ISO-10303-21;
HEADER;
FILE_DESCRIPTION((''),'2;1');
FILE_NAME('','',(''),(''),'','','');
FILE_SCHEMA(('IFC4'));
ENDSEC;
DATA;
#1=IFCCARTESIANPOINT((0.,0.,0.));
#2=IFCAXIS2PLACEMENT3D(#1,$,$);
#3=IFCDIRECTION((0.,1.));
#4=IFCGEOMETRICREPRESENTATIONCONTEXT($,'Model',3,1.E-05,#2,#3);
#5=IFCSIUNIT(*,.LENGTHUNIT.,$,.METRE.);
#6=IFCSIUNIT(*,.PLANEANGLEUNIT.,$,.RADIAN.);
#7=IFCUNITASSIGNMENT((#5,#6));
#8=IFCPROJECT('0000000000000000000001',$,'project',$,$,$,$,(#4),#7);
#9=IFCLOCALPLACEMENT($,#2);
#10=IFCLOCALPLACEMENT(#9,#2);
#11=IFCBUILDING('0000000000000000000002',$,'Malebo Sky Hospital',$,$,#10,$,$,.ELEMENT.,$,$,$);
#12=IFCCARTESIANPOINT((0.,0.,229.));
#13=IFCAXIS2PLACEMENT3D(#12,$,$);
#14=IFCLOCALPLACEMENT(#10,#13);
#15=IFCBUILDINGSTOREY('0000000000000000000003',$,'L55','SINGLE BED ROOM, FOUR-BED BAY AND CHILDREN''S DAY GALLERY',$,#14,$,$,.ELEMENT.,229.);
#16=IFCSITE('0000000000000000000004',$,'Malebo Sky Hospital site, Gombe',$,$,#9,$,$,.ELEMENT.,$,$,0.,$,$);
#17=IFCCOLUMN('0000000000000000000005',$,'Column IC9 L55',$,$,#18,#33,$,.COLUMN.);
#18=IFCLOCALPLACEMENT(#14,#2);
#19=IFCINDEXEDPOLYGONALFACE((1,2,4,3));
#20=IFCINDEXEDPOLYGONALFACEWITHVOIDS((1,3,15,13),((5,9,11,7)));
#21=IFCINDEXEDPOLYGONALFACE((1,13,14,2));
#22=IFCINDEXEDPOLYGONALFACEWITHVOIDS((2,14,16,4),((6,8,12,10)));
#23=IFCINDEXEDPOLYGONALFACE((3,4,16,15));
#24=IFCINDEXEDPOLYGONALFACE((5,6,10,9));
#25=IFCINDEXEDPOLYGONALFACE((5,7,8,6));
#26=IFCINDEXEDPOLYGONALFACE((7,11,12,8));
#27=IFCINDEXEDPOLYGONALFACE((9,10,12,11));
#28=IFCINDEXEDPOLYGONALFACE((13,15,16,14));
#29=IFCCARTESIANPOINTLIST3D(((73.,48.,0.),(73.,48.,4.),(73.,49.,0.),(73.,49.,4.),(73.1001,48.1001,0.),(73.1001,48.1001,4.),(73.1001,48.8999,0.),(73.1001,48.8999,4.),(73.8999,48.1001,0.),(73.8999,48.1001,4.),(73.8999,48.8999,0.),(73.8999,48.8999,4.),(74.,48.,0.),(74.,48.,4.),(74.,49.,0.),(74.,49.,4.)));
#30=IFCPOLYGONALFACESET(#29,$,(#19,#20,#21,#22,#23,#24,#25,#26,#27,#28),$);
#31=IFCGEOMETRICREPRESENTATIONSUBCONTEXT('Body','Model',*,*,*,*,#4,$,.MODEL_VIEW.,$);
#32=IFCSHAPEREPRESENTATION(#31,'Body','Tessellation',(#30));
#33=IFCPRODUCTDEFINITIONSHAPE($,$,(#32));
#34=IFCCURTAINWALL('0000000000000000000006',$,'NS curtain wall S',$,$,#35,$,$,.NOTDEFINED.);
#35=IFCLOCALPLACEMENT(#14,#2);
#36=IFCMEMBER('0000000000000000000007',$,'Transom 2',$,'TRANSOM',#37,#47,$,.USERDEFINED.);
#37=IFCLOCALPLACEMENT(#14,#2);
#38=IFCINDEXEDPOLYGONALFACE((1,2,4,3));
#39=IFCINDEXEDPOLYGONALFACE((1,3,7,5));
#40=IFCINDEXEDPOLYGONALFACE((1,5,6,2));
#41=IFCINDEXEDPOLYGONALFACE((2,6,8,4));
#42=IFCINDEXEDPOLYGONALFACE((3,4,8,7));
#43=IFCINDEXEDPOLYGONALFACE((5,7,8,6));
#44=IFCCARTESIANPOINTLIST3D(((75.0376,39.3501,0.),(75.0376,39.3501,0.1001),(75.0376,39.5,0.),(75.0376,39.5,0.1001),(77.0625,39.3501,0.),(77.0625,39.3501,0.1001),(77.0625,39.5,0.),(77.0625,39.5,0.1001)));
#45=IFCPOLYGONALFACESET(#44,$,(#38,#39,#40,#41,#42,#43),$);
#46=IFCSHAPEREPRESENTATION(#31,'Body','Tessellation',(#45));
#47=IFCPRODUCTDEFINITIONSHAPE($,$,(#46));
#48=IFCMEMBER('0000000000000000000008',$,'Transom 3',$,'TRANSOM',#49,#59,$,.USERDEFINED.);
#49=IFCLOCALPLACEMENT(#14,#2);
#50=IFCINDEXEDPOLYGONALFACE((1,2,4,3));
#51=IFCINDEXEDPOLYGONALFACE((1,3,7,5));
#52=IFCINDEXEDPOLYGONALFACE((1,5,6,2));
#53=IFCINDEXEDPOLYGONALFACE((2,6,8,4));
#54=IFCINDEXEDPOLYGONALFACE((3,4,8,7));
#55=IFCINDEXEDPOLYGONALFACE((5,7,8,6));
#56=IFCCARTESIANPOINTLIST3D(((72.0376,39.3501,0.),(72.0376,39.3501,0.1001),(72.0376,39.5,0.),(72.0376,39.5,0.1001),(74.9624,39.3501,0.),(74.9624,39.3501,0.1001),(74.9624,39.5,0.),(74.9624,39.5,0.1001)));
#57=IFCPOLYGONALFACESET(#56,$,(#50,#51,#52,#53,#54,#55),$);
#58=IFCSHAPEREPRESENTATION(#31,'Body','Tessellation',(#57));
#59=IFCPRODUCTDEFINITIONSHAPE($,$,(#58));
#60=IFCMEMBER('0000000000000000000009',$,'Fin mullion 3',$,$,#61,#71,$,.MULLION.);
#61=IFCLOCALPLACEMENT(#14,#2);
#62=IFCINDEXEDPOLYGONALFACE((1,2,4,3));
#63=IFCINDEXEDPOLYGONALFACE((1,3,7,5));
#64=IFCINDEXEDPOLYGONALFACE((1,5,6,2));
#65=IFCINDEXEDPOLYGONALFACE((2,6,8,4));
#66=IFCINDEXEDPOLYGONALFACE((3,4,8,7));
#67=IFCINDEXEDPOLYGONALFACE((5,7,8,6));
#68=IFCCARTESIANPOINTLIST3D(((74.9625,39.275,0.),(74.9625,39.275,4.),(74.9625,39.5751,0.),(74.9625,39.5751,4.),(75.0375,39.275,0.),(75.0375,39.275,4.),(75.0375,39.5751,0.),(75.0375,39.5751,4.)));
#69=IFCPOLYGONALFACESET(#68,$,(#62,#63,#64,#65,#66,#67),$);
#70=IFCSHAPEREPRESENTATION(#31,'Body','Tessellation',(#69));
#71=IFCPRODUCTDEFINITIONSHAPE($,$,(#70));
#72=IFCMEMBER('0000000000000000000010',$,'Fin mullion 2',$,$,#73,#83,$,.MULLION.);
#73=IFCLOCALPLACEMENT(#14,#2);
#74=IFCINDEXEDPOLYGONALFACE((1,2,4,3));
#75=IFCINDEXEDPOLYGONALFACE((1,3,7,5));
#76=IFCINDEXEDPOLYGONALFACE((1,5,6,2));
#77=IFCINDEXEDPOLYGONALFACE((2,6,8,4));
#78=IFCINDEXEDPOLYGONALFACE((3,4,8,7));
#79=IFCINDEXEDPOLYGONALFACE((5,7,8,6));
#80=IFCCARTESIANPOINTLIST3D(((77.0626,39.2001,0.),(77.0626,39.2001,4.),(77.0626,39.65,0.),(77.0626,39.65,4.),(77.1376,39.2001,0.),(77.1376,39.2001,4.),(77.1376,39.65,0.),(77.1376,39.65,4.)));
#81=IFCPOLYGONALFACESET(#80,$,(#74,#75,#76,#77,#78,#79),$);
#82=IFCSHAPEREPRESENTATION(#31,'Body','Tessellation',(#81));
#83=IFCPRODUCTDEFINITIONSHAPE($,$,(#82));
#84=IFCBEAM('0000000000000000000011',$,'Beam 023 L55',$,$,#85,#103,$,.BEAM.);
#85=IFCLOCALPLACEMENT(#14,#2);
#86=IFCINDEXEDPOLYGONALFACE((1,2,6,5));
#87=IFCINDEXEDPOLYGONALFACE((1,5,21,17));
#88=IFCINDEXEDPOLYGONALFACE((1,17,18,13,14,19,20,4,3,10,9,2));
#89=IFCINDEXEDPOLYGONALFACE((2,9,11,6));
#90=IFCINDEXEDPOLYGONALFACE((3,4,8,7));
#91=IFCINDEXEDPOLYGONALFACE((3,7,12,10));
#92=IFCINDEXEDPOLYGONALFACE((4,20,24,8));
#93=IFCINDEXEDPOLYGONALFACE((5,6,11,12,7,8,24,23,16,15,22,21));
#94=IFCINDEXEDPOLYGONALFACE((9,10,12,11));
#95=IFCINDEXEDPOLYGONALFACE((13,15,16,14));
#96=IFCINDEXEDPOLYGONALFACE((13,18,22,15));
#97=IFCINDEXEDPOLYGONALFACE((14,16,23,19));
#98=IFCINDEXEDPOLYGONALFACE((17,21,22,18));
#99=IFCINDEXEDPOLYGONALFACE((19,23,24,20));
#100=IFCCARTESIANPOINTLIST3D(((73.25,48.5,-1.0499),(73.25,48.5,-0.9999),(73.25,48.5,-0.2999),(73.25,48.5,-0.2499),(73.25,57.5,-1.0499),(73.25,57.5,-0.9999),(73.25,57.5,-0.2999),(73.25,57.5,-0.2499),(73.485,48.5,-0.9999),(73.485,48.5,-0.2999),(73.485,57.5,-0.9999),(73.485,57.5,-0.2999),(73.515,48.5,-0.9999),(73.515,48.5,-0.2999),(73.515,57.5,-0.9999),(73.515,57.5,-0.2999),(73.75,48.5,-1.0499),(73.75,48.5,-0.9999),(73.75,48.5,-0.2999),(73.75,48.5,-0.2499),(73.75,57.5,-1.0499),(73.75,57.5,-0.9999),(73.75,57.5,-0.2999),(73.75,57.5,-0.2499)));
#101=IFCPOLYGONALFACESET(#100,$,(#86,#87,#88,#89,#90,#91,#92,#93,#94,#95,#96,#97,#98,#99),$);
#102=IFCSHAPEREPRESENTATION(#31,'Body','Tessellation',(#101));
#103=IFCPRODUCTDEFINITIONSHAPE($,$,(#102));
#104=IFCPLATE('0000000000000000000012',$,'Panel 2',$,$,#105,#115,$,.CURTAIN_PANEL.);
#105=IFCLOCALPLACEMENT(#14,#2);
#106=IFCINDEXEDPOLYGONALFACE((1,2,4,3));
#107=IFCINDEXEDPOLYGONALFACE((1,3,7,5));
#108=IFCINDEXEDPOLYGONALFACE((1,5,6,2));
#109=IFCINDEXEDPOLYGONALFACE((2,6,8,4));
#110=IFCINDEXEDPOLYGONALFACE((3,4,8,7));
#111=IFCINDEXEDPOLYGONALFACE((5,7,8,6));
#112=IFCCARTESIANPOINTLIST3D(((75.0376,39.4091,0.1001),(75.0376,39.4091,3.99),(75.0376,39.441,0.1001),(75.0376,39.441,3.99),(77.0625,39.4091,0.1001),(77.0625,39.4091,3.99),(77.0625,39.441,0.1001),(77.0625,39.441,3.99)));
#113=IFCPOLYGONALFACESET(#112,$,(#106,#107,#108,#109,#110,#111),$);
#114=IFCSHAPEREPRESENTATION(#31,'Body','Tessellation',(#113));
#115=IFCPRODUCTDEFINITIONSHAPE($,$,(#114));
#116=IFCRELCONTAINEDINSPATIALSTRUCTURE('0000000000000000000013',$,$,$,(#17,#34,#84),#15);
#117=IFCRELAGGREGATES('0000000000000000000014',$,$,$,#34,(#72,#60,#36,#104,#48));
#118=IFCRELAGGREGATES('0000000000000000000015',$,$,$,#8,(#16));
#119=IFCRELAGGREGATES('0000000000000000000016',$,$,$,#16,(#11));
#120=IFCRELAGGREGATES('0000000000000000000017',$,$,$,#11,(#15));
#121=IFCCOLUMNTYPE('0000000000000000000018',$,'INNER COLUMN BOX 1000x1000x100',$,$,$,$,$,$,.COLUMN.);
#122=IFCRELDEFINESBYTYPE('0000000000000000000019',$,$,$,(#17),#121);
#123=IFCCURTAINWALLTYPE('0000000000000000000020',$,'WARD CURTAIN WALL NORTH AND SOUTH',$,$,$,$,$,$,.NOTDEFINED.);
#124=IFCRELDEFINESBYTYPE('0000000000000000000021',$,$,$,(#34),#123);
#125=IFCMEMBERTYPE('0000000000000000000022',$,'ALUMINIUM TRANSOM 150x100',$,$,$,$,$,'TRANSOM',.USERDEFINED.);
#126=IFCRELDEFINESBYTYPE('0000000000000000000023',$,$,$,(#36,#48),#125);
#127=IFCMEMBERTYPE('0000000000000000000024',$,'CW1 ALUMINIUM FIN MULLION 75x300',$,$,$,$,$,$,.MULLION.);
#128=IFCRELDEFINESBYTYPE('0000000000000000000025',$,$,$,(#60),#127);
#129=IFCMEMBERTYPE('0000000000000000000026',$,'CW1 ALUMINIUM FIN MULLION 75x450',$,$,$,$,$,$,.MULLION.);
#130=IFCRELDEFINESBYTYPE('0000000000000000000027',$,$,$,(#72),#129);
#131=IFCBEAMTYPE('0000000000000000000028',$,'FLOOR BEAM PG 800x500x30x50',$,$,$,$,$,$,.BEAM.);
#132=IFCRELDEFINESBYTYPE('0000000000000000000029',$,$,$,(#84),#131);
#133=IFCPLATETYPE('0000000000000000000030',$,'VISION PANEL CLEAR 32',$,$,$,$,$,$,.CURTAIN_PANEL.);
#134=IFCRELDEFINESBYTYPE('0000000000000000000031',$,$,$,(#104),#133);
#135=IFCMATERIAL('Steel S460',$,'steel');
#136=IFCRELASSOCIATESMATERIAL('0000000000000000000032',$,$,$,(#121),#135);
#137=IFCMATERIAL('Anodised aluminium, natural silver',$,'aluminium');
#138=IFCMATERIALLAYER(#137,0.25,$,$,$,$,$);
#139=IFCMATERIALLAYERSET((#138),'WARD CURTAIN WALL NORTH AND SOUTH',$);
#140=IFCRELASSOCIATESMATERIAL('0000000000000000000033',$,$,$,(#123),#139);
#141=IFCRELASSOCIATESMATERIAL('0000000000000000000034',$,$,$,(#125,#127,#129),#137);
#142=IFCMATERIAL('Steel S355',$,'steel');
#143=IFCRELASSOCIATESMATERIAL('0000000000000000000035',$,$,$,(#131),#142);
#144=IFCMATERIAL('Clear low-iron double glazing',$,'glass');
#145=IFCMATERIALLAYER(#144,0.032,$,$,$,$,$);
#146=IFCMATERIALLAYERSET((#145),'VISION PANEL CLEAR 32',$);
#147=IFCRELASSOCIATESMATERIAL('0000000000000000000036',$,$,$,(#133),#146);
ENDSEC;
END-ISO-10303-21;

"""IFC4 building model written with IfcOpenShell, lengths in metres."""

from ifc_helpers import new_model, si_unit, direction, frame, origin, origin_2d, place, context, subcontext, project, spatial, rectangle, hollow_rectangle, i_section, extrude, material, layer, layer_set, material_profile, profile_set, type_object, element, aggregate, save


model = new_model("IFC4")

# Units and contexts
model_context = context("Model", 3, precision=1e-05, world=origin(), true_north=direction((0.0, 1.0)))
body_context = subcontext(model_context, "Body", "Model", "MODEL_VIEW")
ifc_project = project(units=[si_unit("LENGTHUNIT", "METRE"), si_unit("PLANEANGLEUNIT", "RADIAN")], contexts=[model_context])

# Site, building, storey
site_placement = place(None, origin())
site = spatial("IfcSite", under=ifc_project, at=site_placement, Name="Malebo Sky Hospital site, Gombe", CompositionType="ELEMENT", RefElevation=0.0)
building_placement = place(site_placement, origin())
building = spatial("IfcBuilding", under=site, at=building_placement, Name="Malebo Sky Hospital", CompositionType="ELEMENT")
storey_placement = place(building_placement, frame((0.0, 0.0, 229.0)))
storey = spatial("IfcBuildingStorey", under=building, at=storey_placement, Name="L55", Description="SINGLE BED ROOM, FOUR-BED BAY AND CHILDREN'S DAY GALLERY", CompositionType="ELEMENT", Elevation=229.0)

# Column
ifc_material_1 = material(Name="Steel S460", Category="steel")
ifc_material_profile_1 = material_profile(ifc_material_1, hollow_rectangle(XDim=1.0, YDim=1.0, WallThickness=0.1001, at=origin_2d()), Name="BOX 1000x1000x100")
ifc_profile_set_1 = profile_set([ifc_material_profile_1], Name="Steel S460")
column_type = type_object("IfcColumnType", Name="INNER COLUMN BOX 1000x1000x100", PredefinedType="COLUMN", material=ifc_profile_set_1)
column_placement = place(storey_placement, frame((73.5, 48.5, 0.0), z_axis=(0.0, 0.0, 1.0), x_axis=(1.0, 0.0, 0.0)))
element("IfcColumn", 1, at=column_placement, inside=storey, type_object=column_type, Name="Column IC9 L55", PredefinedType="COLUMN", context=body_context, shape_type="SweptSolid", body=[
    extrude(hollow_rectangle(XDim=1.0, YDim=1.0, WallThickness=0.1001, at=origin_2d()), origin(), (0.0, 0.0, 1.0), 4.0),
])

# Curtain wall, members
ifc_material_2 = material(Name="Anodised aluminium, natural silver", Category="aluminium")
ifc_layer_1 = layer(ifc_material_2, 0.25)
ifc_layer_set_1 = layer_set([ifc_layer_1], Name="WARD CURTAIN WALL NORTH AND SOUTH")
curtain_wall_type = type_object("IfcCurtainWallType", Name="WARD CURTAIN WALL NORTH AND SOUTH", PredefinedType="NOTDEFINED", material=ifc_layer_set_1)
curtain_wall_placement = place(storey_placement, origin())
curtain_wall = element("IfcCurtainWall", 2, at=curtain_wall_placement, inside=storey, type_object=curtain_wall_type, Name="NS curtain wall S", PredefinedType="NOTDEFINED")
ifc_material_profile_2 = material_profile(ifc_material_2, rectangle(XDim=0.1499, YDim=0.1001, at=origin_2d()), Name="ALUMINIUM TRANSOM 150x100")
ifc_profile_set_2 = profile_set([ifc_material_profile_2], Name="Anodised aluminium, natural silver")
member_type_1 = type_object("IfcMemberType", Name="ALUMINIUM TRANSOM 150x100", ElementType="TRANSOM", PredefinedType="USERDEFINED", material=ifc_profile_set_2)
member_1_placement = place(storey_placement, frame((77.0625, 39.425, 0.05), z_axis=(-1.0, 0.0, 0.0), x_axis=(0.0, -1.0, 0.0)))
member_1 = element("IfcMember", 3, at=member_1_placement, type_object=member_type_1, Name="Transom 2", ObjectType="TRANSOM", PredefinedType="USERDEFINED", context=body_context, shape_type="SweptSolid", body=[
    extrude(rectangle(XDim=0.1499, YDim=0.1001, at=origin_2d()), origin(), (0.0, 0.0, 1.0), 2.0249),
])
member_2_placement = place(storey_placement, frame((74.9624, 39.425, 0.05), z_axis=(-1.0, 0.0, 0.0), x_axis=(0.0, -1.0, 0.0)))
member_2 = element("IfcMember", 4, at=member_2_placement, type_object=member_type_1, Name="Transom 3", ObjectType="TRANSOM", PredefinedType="USERDEFINED", context=body_context, shape_type="SweptSolid", body=[
    extrude(rectangle(XDim=0.1499, YDim=0.1001, at=origin_2d()), origin(), (0.0, 0.0, 1.0), 2.9248),
])
ifc_material_profile_3 = material_profile(ifc_material_2, rectangle(XDim=0.075, YDim=0.3, at=origin_2d()), Name="CW1 ALUMINIUM FIN MULLION 75x300")
ifc_profile_set_3 = profile_set([ifc_material_profile_3], Name="Anodised aluminium, natural silver")
member_type_2 = type_object("IfcMemberType", Name="CW1 ALUMINIUM FIN MULLION 75x300", PredefinedType="MULLION", material=ifc_profile_set_3)
member_3_placement = place(storey_placement, frame((75.0, 39.425, 0.0), z_axis=(0.0, 0.0, 1.0), x_axis=(-1.0, 0.0, 0.0)))
member_3 = element("IfcMember", 5, at=member_3_placement, type_object=member_type_2, Name="Fin mullion 3", PredefinedType="MULLION", context=body_context, shape_type="SweptSolid", body=[
    extrude(rectangle(XDim=0.075, YDim=0.3, at=origin_2d()), origin(), (0.0, 0.0, 1.0), 4.0),
])
ifc_material_profile_4 = material_profile(ifc_material_2, rectangle(XDim=0.075, YDim=0.45, at=origin_2d()), Name="CW1 ALUMINIUM FIN MULLION 75x450")
ifc_profile_set_4 = profile_set([ifc_material_profile_4], Name="Anodised aluminium, natural silver")
member_type_3 = type_object("IfcMemberType", Name="CW1 ALUMINIUM FIN MULLION 75x450", PredefinedType="MULLION", material=ifc_profile_set_4)
member_4_placement = place(storey_placement, frame((77.1001, 39.425, 0.0), z_axis=(0.0, 0.0, 1.0), x_axis=(-1.0, 0.0, 0.0)))
member_4 = element("IfcMember", 6, at=member_4_placement, type_object=member_type_3, Name="Fin mullion 2", PredefinedType="MULLION", context=body_context, shape_type="SweptSolid", body=[
    extrude(rectangle(XDim=0.075, YDim=0.45, at=origin_2d()), origin(), (0.0, 0.0, 1.0), 4.0),
])

# Beam
ifc_material_3 = material(Name="Steel S355", Category="steel")
ifc_material_profile_5 = material_profile(ifc_material_3, i_section(OverallWidth=0.5, OverallDepth=0.8, WebThickness=0.03, FlangeThickness=0.05, at=origin_2d()), Name="PG 800x500x30x50")
ifc_profile_set_5 = profile_set([ifc_material_profile_5], Name="Steel S355")
beam_type = type_object("IfcBeamType", Name="FLOOR BEAM PG 800x500x30x50", PredefinedType="BEAM", material=ifc_profile_set_5)
beam_placement = place(storey_placement, frame((73.5, 48.5, -0.6499), z_axis=(0.0, 1.0, 0.0), x_axis=(-1.0, 0.0, 0.0)))
element("IfcBeam", 7, at=beam_placement, inside=storey, type_object=beam_type, Name="Beam 023 L55", PredefinedType="BEAM", context=body_context, shape_type="SweptSolid", body=[
    extrude(i_section(OverallWidth=0.5, OverallDepth=0.8, WebThickness=0.03, FlangeThickness=0.05, at=origin_2d()), origin(), (0.0, 0.0, 1.0), 9.0),
])

# Plate
ifc_material_4 = material(Name="Clear low-iron double glazing", Category="glass")
ifc_layer_2 = layer(ifc_material_4, 0.032)
ifc_layer_set_2 = layer_set([ifc_layer_2], Name="VISION PANEL CLEAR 32")
plate_type = type_object("IfcPlateType", Name="VISION PANEL CLEAR 32", PredefinedType="CURTAIN_PANEL", material=ifc_layer_set_2)
plate_placement = place(storey_placement, frame((76.05, 39.425, 0.1001), z_axis=(0.0, 0.0, 1.0), x_axis=(-1.0, 0.0, 0.0)))
plate = element("IfcPlate", 8, at=plate_placement, type_object=plate_type, Name="Panel 2", PredefinedType="CURTAIN_PANEL", context=body_context, shape_type="SweptSolid", body=[
    extrude(rectangle(XDim=2.0249, YDim=0.032, at=origin_2d()), origin(), (0.0, 0.0, 1.0), 3.8899),
])
aggregate(curtain_wall, [member_4, member_3, member_1, plate, member_2])

save(model, "model.ifc")
